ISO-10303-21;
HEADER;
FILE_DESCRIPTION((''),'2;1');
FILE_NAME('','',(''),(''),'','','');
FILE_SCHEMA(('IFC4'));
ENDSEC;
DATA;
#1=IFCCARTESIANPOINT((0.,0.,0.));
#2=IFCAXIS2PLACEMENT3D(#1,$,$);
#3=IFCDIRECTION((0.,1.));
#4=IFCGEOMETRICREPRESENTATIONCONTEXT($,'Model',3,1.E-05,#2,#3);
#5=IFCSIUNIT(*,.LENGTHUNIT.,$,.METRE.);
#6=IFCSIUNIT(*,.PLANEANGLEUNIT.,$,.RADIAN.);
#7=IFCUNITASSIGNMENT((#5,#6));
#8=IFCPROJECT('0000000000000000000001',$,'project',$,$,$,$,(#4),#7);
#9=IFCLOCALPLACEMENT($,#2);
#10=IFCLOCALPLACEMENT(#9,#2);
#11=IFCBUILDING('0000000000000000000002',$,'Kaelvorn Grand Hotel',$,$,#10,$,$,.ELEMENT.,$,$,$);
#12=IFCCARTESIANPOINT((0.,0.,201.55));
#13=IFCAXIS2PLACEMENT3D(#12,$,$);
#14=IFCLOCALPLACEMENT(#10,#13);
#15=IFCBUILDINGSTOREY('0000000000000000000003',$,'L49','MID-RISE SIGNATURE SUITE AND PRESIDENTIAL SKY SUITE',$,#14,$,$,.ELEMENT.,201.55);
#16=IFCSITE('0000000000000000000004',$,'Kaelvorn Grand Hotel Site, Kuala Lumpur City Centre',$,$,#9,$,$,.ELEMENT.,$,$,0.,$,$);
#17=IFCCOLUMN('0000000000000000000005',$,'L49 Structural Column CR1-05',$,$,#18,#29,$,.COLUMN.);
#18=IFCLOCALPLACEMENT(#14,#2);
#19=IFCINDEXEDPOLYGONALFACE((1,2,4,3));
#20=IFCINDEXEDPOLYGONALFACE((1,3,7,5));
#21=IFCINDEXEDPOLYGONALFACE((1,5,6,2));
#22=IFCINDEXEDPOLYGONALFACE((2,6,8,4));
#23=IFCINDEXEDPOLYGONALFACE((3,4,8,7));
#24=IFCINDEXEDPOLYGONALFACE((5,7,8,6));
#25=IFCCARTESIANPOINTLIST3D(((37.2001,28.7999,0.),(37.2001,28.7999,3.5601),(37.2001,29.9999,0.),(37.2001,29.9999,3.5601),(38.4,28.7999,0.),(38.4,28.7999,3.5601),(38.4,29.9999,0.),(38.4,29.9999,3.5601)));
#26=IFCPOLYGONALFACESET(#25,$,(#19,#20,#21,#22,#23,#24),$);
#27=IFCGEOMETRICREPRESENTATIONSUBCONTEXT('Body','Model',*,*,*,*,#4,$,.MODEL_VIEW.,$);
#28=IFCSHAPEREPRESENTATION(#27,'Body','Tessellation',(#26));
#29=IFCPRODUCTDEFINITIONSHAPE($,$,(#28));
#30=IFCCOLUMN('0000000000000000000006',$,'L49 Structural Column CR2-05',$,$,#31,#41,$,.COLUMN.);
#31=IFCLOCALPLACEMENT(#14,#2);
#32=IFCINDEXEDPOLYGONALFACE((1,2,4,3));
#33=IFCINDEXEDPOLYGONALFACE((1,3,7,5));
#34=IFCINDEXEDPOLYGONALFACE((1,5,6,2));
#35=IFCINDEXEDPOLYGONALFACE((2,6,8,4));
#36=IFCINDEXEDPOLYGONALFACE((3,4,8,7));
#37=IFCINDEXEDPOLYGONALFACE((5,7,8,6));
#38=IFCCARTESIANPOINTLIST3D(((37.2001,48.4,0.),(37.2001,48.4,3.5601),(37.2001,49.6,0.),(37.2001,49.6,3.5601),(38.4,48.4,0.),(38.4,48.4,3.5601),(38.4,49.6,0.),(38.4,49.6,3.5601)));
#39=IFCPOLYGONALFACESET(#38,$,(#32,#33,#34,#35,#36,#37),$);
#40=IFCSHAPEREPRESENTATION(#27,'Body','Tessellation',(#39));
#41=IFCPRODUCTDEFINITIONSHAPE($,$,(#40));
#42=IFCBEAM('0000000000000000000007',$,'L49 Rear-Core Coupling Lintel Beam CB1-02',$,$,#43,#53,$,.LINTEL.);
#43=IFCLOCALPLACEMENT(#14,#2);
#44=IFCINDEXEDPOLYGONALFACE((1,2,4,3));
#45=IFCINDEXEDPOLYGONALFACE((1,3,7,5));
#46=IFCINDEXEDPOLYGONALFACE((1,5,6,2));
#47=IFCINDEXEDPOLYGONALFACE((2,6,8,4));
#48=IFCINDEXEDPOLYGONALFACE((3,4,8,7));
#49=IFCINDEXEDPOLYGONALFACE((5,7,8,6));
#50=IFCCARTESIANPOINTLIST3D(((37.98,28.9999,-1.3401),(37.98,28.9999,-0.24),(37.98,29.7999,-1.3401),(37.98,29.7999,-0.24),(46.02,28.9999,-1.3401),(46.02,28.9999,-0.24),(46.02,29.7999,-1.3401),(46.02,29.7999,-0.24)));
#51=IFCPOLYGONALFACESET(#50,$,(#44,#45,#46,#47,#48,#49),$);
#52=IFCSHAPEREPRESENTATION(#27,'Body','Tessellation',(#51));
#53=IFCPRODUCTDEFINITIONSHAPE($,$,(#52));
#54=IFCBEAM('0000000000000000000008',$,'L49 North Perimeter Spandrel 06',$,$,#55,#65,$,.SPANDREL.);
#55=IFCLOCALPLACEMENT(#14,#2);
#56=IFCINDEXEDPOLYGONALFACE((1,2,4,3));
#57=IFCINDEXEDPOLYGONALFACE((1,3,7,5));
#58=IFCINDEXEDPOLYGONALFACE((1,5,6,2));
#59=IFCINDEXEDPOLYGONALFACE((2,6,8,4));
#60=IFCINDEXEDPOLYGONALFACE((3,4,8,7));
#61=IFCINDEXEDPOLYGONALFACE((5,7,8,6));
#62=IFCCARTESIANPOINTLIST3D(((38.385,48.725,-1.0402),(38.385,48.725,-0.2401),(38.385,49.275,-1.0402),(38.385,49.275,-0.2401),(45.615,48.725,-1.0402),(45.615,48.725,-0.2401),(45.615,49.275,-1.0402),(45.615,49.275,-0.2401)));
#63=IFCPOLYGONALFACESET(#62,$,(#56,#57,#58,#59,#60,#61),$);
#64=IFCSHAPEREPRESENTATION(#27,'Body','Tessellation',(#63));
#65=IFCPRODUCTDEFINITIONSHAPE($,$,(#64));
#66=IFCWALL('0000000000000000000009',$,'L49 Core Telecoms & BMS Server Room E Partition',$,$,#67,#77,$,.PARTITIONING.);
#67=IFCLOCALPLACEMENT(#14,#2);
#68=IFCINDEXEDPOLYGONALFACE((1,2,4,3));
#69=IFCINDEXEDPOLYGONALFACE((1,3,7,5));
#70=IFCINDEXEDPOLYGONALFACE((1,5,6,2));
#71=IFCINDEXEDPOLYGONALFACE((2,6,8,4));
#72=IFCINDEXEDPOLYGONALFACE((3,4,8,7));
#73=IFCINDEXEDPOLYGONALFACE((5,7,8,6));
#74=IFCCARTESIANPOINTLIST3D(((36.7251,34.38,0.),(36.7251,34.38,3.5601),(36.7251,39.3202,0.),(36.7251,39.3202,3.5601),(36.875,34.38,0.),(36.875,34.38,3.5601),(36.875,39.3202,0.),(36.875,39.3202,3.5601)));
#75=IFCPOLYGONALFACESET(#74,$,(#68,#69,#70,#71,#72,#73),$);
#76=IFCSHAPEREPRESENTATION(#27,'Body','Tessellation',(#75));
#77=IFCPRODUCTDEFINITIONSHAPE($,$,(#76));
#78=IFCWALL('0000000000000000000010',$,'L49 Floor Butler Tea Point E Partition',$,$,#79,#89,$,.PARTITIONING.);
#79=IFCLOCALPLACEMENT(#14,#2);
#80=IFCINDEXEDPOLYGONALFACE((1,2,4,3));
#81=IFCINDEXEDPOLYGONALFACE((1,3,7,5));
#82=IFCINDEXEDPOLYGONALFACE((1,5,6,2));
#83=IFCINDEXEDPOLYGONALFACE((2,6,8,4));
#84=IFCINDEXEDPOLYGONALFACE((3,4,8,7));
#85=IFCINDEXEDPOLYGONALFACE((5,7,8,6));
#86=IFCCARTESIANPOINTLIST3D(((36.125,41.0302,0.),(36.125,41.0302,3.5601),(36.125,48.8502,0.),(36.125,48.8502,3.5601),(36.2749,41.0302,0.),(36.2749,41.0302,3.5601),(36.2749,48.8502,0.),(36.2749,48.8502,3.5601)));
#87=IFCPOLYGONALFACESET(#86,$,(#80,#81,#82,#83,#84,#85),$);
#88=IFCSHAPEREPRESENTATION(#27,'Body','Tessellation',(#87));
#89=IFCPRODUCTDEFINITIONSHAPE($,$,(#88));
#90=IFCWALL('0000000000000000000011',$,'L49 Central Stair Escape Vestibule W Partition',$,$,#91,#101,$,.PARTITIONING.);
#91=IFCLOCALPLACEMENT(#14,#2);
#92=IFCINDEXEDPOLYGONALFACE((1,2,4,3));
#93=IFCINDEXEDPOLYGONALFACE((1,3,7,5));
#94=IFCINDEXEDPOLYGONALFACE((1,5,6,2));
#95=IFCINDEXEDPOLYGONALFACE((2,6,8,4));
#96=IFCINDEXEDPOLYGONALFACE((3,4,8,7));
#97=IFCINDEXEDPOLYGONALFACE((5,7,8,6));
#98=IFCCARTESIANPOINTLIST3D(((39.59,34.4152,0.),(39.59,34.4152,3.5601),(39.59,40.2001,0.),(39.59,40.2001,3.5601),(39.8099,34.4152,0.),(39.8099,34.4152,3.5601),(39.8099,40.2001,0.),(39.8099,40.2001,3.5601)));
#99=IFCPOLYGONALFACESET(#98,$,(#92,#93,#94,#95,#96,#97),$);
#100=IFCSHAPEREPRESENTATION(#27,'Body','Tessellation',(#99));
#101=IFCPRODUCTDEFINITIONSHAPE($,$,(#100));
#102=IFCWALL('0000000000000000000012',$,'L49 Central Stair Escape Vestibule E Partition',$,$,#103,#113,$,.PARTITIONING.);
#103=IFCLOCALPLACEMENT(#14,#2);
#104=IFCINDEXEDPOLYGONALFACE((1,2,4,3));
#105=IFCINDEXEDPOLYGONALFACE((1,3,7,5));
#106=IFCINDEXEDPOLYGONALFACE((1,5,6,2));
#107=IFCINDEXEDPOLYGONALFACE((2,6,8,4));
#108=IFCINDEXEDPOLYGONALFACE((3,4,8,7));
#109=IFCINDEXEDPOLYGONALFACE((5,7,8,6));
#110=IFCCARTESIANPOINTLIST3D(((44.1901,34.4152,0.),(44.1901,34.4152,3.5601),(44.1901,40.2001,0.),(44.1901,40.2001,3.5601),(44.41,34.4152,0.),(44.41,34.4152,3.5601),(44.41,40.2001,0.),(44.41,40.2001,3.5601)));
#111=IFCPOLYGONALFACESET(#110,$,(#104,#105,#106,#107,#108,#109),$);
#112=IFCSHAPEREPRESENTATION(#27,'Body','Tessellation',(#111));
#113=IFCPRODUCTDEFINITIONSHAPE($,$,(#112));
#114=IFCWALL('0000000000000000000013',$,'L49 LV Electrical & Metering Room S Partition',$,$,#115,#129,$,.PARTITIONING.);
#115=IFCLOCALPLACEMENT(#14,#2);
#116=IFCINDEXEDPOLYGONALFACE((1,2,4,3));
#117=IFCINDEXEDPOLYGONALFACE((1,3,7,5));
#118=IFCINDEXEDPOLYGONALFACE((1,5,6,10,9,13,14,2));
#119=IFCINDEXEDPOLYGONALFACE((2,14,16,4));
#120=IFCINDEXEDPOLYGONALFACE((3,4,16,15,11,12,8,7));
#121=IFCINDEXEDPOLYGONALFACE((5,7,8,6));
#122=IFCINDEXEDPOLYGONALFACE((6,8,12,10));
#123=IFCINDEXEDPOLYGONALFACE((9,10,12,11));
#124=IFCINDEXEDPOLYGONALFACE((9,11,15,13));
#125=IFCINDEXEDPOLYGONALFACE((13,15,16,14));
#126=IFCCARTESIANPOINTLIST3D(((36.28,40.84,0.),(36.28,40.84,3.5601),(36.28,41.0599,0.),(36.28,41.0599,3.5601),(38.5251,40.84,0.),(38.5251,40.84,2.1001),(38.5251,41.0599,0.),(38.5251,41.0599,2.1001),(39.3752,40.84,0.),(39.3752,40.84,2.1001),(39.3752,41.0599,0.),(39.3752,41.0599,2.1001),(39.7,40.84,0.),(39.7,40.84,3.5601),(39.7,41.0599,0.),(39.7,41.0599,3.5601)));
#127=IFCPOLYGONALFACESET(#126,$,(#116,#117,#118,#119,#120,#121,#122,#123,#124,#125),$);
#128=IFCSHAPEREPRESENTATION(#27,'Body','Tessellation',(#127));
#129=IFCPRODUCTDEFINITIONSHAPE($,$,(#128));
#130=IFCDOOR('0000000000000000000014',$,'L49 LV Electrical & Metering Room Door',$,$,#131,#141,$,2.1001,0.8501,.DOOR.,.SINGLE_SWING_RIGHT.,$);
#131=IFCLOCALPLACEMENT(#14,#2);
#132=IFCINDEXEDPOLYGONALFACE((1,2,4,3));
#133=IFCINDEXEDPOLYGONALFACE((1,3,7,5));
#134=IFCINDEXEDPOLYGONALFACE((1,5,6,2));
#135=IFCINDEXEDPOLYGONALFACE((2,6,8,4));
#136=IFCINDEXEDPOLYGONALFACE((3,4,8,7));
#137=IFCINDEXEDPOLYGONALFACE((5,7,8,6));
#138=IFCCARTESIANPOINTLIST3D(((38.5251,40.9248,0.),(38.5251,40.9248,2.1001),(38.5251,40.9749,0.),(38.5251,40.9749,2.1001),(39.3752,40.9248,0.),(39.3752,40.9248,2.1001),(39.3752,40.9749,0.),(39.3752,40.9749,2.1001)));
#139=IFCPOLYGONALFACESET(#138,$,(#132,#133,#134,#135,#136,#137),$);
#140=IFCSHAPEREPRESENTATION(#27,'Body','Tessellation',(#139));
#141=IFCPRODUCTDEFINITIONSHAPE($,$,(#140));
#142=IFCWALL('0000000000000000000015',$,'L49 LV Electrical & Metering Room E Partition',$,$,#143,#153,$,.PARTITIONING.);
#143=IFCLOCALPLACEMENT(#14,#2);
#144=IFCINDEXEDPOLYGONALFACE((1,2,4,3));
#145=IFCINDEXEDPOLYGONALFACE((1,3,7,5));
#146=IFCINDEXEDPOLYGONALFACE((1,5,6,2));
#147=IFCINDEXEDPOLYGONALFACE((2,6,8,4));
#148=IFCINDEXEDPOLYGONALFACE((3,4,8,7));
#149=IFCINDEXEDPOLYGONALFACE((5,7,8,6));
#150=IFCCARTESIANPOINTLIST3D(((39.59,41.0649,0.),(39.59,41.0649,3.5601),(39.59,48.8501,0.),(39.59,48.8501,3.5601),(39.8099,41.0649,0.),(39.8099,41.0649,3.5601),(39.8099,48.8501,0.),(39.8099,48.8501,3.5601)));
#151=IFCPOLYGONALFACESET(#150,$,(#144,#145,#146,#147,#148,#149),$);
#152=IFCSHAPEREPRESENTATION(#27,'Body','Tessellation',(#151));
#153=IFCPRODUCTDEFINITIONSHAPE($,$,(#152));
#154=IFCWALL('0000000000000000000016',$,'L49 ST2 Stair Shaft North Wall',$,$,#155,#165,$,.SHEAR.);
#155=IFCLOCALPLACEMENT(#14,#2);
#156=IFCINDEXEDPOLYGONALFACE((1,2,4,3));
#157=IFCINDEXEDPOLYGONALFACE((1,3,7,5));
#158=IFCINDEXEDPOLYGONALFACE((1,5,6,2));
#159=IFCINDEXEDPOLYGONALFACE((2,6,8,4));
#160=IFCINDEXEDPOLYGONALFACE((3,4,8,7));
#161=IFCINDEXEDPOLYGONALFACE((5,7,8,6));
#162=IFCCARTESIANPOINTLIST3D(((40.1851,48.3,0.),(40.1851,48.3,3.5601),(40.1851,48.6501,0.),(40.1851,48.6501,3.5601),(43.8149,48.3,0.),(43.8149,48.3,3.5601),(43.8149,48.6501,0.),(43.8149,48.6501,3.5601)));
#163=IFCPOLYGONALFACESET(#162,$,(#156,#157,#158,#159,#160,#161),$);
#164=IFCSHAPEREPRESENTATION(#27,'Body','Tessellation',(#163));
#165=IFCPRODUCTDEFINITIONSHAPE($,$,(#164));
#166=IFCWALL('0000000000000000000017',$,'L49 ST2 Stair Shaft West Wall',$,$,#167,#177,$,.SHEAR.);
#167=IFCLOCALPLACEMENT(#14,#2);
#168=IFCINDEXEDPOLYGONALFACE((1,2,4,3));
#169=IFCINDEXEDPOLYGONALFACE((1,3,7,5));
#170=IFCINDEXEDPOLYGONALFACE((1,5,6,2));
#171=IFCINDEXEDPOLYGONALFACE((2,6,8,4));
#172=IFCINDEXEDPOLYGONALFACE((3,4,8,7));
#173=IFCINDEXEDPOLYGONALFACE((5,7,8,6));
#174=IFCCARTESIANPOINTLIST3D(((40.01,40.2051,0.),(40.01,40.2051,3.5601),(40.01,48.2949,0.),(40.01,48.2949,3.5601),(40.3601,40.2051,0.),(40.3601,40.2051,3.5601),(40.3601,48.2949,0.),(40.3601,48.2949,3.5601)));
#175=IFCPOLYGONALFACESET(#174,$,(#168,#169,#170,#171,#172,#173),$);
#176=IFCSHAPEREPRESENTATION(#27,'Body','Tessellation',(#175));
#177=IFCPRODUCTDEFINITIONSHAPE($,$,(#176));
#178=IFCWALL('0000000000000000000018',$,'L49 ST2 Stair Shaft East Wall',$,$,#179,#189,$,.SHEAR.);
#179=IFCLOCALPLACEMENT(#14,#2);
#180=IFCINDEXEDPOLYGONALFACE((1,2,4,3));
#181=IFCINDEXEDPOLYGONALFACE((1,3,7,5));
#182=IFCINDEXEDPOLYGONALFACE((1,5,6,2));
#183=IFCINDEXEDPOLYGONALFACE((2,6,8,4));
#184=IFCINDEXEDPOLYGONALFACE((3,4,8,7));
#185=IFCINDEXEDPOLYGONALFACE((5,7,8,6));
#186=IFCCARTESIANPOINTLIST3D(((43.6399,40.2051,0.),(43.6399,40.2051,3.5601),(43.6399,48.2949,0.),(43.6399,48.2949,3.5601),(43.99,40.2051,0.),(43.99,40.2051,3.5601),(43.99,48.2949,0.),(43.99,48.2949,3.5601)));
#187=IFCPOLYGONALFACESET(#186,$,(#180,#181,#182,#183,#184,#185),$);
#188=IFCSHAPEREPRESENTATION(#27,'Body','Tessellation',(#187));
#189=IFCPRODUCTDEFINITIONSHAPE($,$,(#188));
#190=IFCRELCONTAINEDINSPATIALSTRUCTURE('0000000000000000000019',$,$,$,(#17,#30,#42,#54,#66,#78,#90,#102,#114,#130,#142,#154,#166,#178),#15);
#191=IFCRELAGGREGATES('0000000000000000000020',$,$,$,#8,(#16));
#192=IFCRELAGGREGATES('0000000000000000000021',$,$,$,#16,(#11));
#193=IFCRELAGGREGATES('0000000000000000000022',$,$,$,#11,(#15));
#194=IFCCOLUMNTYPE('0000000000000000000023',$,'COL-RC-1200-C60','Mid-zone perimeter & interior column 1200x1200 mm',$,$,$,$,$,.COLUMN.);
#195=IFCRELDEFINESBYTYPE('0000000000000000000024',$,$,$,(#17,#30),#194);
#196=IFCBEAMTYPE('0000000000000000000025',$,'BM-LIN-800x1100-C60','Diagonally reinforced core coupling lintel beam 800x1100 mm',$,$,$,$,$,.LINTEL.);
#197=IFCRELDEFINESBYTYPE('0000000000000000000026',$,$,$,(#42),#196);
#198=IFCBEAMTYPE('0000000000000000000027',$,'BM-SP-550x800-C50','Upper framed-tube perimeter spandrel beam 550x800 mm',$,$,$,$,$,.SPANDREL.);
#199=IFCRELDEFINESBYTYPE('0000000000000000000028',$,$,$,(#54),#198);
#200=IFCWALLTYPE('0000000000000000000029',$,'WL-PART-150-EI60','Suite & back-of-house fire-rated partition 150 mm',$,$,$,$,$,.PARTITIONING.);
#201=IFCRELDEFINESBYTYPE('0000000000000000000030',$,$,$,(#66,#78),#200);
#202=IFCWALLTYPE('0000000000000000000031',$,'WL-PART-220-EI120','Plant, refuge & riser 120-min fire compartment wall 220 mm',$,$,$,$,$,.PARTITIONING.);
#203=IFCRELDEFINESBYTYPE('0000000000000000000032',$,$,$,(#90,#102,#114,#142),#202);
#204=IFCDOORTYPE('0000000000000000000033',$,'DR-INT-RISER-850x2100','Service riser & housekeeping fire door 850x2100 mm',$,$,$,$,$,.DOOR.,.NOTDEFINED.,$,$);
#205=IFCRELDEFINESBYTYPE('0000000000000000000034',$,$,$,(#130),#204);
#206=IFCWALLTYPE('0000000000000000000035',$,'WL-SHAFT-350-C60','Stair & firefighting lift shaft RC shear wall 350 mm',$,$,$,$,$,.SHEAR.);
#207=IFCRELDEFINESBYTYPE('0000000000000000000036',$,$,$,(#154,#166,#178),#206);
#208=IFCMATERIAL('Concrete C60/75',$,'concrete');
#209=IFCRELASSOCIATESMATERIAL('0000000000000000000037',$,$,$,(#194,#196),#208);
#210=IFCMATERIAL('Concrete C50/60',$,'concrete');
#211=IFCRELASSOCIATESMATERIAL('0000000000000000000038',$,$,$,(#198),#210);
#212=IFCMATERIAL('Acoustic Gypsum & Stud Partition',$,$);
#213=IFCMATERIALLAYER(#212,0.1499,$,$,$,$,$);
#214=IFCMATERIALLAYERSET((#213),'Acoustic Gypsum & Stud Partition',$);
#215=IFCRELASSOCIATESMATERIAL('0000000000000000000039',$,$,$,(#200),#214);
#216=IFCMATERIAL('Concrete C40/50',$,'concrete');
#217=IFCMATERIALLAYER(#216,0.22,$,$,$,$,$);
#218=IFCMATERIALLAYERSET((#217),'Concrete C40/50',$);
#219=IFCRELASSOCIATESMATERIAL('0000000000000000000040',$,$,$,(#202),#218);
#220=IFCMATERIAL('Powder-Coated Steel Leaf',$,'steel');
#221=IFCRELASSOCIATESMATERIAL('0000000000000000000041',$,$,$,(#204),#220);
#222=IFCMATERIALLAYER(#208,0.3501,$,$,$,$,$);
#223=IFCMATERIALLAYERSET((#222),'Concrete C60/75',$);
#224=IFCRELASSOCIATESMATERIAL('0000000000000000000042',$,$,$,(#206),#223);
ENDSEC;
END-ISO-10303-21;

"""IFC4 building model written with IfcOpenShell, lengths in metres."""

from ifc_helpers import new_model, si_unit, direction, frame, frame_2d, origin, origin_2d, place, context, subcontext, project, spatial, rectangle, extrude, material, layer, layer_set, material_profile, profile_set, type_object, element, fill, save


model = new_model("IFC4")

# Units and contexts
model_context = context("Model", 3, precision=1e-05, world=origin(), true_north=direction((0.0, 1.0)))
body_context = subcontext(model_context, "Body", "Model", "MODEL_VIEW")
ifc_project = project(units=[si_unit("LENGTHUNIT", "METRE"), si_unit("PLANEANGLEUNIT", "RADIAN")], contexts=[model_context])

# Site, building, storey
site_placement = place(None, origin())
site = spatial("IfcSite", under=ifc_project, at=site_placement, Name="Kaelvorn Grand Hotel Site, Kuala Lumpur City Centre", CompositionType="ELEMENT", RefElevation=0.0)
building_placement = place(site_placement, origin())
building = spatial("IfcBuilding", under=site, at=building_placement, Name="Kaelvorn Grand Hotel", CompositionType="ELEMENT")
storey_placement = place(building_placement, frame((0.0, 0.0, 201.55)))
storey = spatial("IfcBuildingStorey", under=building, at=storey_placement, Name="L49", Description="MID-RISE SIGNATURE SUITE AND PRESIDENTIAL SKY SUITE", CompositionType="ELEMENT", Elevation=201.55)

# Columns
ifc_material_1 = material(Name="Concrete C60/75", Category="concrete")
ifc_material_profile_1 = material_profile(ifc_material_1, rectangle(XDim=1.2, YDim=1.2, at=origin_2d()), Name="RC COL 1200x1200")
ifc_profile_set_1 = profile_set([ifc_material_profile_1], Name="Concrete C60/75")
column_type = type_object("IfcColumnType", Name="COL-RC-1200-C60", Description="Mid-zone perimeter & interior column 1200x1200 mm", PredefinedType="COLUMN", material=ifc_profile_set_1)
for number, where, z_axis, x_axis, name in (
    (1, (37.8, 29.3999, 0.0), (0.0, 0.0, 1.0), (1.0, 0.0, 0.0), "L49 Structural Column CR1-05"),
    (2, (37.8, 49.0, 0.0), (0.0, 0.0, 1.0), (1.0, 0.0, 0.0), "L49 Structural Column CR2-05"),
):
    element("IfcColumn", number, at=place(storey_placement, frame(where, z_axis=z_axis, x_axis=x_axis)), inside=storey, type_object=column_type, Name=name, PredefinedType="COLUMN", context=body_context, shape_type="SweptSolid", body=[
        extrude(rectangle(XDim=1.2, YDim=1.2, at=origin_2d()), origin(), (0.0, 0.0, 1.0), 3.5601),
    ])

# Beams
ifc_material_profile_2 = material_profile(ifc_material_1, rectangle(XDim=0.8, YDim=1.1001, at=origin_2d()), Name="RC LINTEL 800x1100")
ifc_profile_set_2 = profile_set([ifc_material_profile_2], Name="Concrete C60/75")
beam_type_1 = type_object("IfcBeamType", Name="BM-LIN-800x1100-C60", Description="Diagonally reinforced core coupling lintel beam 800x1100 mm", PredefinedType="LINTEL", material=ifc_profile_set_2)
beam_1_placement = place(storey_placement, frame((37.98, 29.3999, -0.79), z_axis=(1.0, 0.0, 0.0), x_axis=(0.0, 1.0, 0.0)))
element("IfcBeam", 3, at=beam_1_placement, inside=storey, type_object=beam_type_1, Name="L49 Rear-Core Coupling Lintel Beam CB1-02", PredefinedType="LINTEL", context=body_context, shape_type="SweptSolid", body=[
    extrude(rectangle(XDim=0.8, YDim=1.1001, at=origin_2d()), origin(), (0.0, 0.0, 1.0), 8.04),
])
ifc_material_2 = material(Name="Concrete C50/60", Category="concrete")
ifc_material_profile_3 = material_profile(ifc_material_2, rectangle(XDim=0.55, YDim=0.8, at=origin_2d()), Name="RC SPANDREL 550x800")
ifc_profile_set_3 = profile_set([ifc_material_profile_3], Name="Concrete C50/60")
beam_type_2 = type_object("IfcBeamType", Name="BM-SP-550x800-C50", Description="Upper framed-tube perimeter spandrel beam 550x800 mm", PredefinedType="SPANDREL", material=ifc_profile_set_3)
beam_2_placement = place(storey_placement, frame((38.385, 49.0, -0.6401), z_axis=(1.0, 0.0, 0.0), x_axis=(0.0, 1.0, 0.0)))
element("IfcBeam", 4, at=beam_2_placement, inside=storey, type_object=beam_type_2, Name="L49 North Perimeter Spandrel 06", PredefinedType="SPANDREL", context=body_context, shape_type="SweptSolid", body=[
    extrude(rectangle(XDim=0.55, YDim=0.8, at=origin_2d()), origin(), (0.0, 0.0, 1.0), 7.23),
])

# Walls
ifc_material_3 = material(Name="Acoustic Gypsum & Stud Partition")
ifc_layer_1 = layer(ifc_material_3, 0.1499)
ifc_layer_set_1 = layer_set([ifc_layer_1], Name="Acoustic Gypsum & Stud Partition")
wall_type_1 = type_object("IfcWallType", Name="WL-PART-150-EI60", Description="Suite & back-of-house fire-rated partition 150 mm", PredefinedType="PARTITIONING", material=ifc_layer_set_1)
wall_1_placement = place(storey_placement, frame((36.8, 34.3799, 0.0), z_axis=(0.0, 0.0, 1.0), x_axis=(0.0, 1.0, 0.0)))
element("IfcWall", 5, at=wall_1_placement, inside=storey, type_object=wall_type_1, Name="L49 Core Telecoms & BMS Server Room E Partition", PredefinedType="PARTITIONING", context=body_context, shape_type="SweptSolid", body=[
    extrude(rectangle(XDim=4.9402, YDim=0.1499, at=frame_2d((2.4702, 0.0))), origin(), (0.0, 0.0, 1.0), 3.5601),
])
wall_2_placement = place(storey_placement, frame((36.2, 41.03, 0.0), z_axis=(0.0, 0.0, 1.0), x_axis=(0.0, 1.0, 0.0)))
element("IfcWall", 6, at=wall_2_placement, inside=storey, type_object=wall_type_1, Name="L49 Floor Butler Tea Point E Partition", PredefinedType="PARTITIONING", context=body_context, shape_type="SweptSolid", body=[
    extrude(rectangle(XDim=7.8201, YDim=0.1499, at=frame_2d((3.9102, 0.0))), origin(), (0.0, 0.0, 1.0), 3.5601),
])

# Shared definitions
ifc_material_4 = material(Name="Concrete C40/50", Category="concrete")
ifc_layer_2 = layer(ifc_material_4, 0.22)
ifc_layer_set_2 = layer_set([ifc_layer_2], Name="Concrete C40/50")
wall_type_2 = type_object("IfcWallType", Name="WL-PART-220-EI120", Description="Plant, refuge & riser 120-min fire compartment wall 220 mm", PredefinedType="PARTITIONING", material=ifc_layer_set_2)

# Walls
for number, where, z_axis, x_axis, name in (
    (7, (39.7, 34.415, 0.0), (0.0, 0.0, 1.0), (0.0, 1.0, 0.0), "L49 Central Stair Escape Vestibule W Partition"),
    (8, (44.3, 34.415, 0.0), (0.0, 0.0, 1.0), (0.0, 1.0, 0.0), "L49 Central Stair Escape Vestibule E Partition"),
):
    element("IfcWall", number, at=place(storey_placement, frame(where, z_axis=z_axis, x_axis=x_axis)), inside=storey, type_object=wall_type_2, Name=name, PredefinedType="PARTITIONING", context=body_context, shape_type="SweptSolid", body=[
        extrude(rectangle(XDim=5.7849, YDim=0.22, at=frame_2d((2.8926, 0.0))), origin(), (0.0, 0.0, 1.0), 3.5601),
    ])

# Wall, opening, door
wall_3_placement = place(storey_placement, frame((36.28, 40.95, 0.0), z_axis=(0.0, 0.0, 1.0), x_axis=(1.0, 0.0, 0.0)))
wall_3 = element("IfcWall", 9, at=wall_3_placement, inside=storey, type_object=wall_type_2, Name="L49 LV Electrical & Metering Room S Partition", PredefinedType="PARTITIONING", context=body_context, shape_type="SweptSolid", body=[
    extrude(rectangle(XDim=3.4199, YDim=0.22, at=frame_2d((1.71, 0.0))), origin(), (0.0, 0.0, 1.0), 3.5601),
])
opening_1_placement = place(wall_3_placement, frame((2.2451, 0.0, 0.0)))
opening_1 = element("IfcOpeningElement", 10, at=opening_1_placement, cuts=wall_3, PredefinedType="OPENING", context=body_context, shape_type="SweptSolid", body=[
    extrude(rectangle(XDim=0.8501, YDim=2.1001, at=frame_2d((0.425, 1.05))), frame((0.0, 0.1201, 0.0), z_axis=(0.0, -1.0, 0.0), x_axis=(1.0, 0.0, 0.0)), (0.0, 0.0, 1.0), 0.24),
])
ifc_material_5 = material(Name="Powder-Coated Steel Leaf", Category="steel")
door_type_1 = type_object("IfcDoorType", Name="DR-INT-RISER-850x2100", Description="Service riser & housekeeping fire door 850x2100 mm", OperationType="NOTDEFINED", PredefinedType="DOOR", material=ifc_material_5)
door_1_placement = place(opening_1_placement, origin())
door_1 = element("IfcDoor", 11, at=door_1_placement, inside=storey, type_object=door_type_1, Name="L49 LV Electrical & Metering Room Door", OperationType="SINGLE_SWING_RIGHT", OverallHeight=2.1001, OverallWidth=0.8501, PredefinedType="DOOR", context=body_context, shape_type="SweptSolid", body=[
    extrude(rectangle(XDim=0.8501, YDim=2.1001, at=frame_2d((0.425, 1.05))), frame((0.0, 0.0249, 0.0), z_axis=(0.0, -1.0, 0.0), x_axis=(1.0, 0.0, 0.0)), (0.0, 0.0, 1.0), 0.05),
])
fill(opening_1, door_1)

# Wall
wall_4_placement = place(storey_placement, frame((39.7, 41.0649, 0.0), z_axis=(0.0, 0.0, 1.0), x_axis=(0.0, 1.0, 0.0)))
element("IfcWall", 12, at=wall_4_placement, inside=storey, type_object=wall_type_2, Name="L49 LV Electrical & Metering Room E Partition", PredefinedType="PARTITIONING", context=body_context, shape_type="SweptSolid", body=[
    extrude(rectangle(XDim=7.7852, YDim=0.22, at=frame_2d((3.8926, 0.0))), origin(), (0.0, 0.0, 1.0), 3.5601),
])

# Shared definitions
ifc_layer_3 = layer(ifc_material_1, 0.3501)
ifc_layer_set_3 = layer_set([ifc_layer_3], Name="Concrete C60/75")
wall_type_3 = type_object("IfcWallType", Name="WL-SHAFT-350-C60", Description="Stair & firefighting lift shaft RC shear wall 350 mm", PredefinedType="SHEAR", material=ifc_layer_set_3)

# Walls
wall_5_placement = place(storey_placement, frame((40.1851, 48.4751, 0.0), z_axis=(0.0, 0.0, 1.0), x_axis=(1.0, 0.0, 0.0)))
element("IfcWall", 13, at=wall_5_placement, inside=storey, type_object=wall_type_3, Name="L49 ST2 Stair Shaft North Wall", PredefinedType="SHEAR", context=body_context, shape_type="SweptSolid", body=[
    extrude(rectangle(XDim=3.6299, YDim=0.3501, at=frame_2d((1.8149, 0.0))), origin(), (0.0, 0.0, 1.0), 3.5601),
])
for number, where, z_axis, x_axis, name in (
    (14, (40.1851, 40.2051, 0.0), (0.0, 0.0, 1.0), (0.0, 1.0, 0.0), "L49 ST2 Stair Shaft West Wall"),
    (15, (43.8149, 40.2051, 0.0), (0.0, 0.0, 1.0), (0.0, 1.0, 0.0), "L49 ST2 Stair Shaft East Wall"),
):
    element("IfcWall", number, at=place(storey_placement, frame(where, z_axis=z_axis, x_axis=x_axis)), inside=storey, type_object=wall_type_3, Name=name, PredefinedType="SHEAR", context=body_context, shape_type="SweptSolid", body=[
        extrude(rectangle(XDim=8.0898, YDim=0.3501, at=frame_2d((4.0449, 0.0))), origin(), (0.0, 0.0, 1.0), 3.5601),
    ])

save(model, "model.ifc")
